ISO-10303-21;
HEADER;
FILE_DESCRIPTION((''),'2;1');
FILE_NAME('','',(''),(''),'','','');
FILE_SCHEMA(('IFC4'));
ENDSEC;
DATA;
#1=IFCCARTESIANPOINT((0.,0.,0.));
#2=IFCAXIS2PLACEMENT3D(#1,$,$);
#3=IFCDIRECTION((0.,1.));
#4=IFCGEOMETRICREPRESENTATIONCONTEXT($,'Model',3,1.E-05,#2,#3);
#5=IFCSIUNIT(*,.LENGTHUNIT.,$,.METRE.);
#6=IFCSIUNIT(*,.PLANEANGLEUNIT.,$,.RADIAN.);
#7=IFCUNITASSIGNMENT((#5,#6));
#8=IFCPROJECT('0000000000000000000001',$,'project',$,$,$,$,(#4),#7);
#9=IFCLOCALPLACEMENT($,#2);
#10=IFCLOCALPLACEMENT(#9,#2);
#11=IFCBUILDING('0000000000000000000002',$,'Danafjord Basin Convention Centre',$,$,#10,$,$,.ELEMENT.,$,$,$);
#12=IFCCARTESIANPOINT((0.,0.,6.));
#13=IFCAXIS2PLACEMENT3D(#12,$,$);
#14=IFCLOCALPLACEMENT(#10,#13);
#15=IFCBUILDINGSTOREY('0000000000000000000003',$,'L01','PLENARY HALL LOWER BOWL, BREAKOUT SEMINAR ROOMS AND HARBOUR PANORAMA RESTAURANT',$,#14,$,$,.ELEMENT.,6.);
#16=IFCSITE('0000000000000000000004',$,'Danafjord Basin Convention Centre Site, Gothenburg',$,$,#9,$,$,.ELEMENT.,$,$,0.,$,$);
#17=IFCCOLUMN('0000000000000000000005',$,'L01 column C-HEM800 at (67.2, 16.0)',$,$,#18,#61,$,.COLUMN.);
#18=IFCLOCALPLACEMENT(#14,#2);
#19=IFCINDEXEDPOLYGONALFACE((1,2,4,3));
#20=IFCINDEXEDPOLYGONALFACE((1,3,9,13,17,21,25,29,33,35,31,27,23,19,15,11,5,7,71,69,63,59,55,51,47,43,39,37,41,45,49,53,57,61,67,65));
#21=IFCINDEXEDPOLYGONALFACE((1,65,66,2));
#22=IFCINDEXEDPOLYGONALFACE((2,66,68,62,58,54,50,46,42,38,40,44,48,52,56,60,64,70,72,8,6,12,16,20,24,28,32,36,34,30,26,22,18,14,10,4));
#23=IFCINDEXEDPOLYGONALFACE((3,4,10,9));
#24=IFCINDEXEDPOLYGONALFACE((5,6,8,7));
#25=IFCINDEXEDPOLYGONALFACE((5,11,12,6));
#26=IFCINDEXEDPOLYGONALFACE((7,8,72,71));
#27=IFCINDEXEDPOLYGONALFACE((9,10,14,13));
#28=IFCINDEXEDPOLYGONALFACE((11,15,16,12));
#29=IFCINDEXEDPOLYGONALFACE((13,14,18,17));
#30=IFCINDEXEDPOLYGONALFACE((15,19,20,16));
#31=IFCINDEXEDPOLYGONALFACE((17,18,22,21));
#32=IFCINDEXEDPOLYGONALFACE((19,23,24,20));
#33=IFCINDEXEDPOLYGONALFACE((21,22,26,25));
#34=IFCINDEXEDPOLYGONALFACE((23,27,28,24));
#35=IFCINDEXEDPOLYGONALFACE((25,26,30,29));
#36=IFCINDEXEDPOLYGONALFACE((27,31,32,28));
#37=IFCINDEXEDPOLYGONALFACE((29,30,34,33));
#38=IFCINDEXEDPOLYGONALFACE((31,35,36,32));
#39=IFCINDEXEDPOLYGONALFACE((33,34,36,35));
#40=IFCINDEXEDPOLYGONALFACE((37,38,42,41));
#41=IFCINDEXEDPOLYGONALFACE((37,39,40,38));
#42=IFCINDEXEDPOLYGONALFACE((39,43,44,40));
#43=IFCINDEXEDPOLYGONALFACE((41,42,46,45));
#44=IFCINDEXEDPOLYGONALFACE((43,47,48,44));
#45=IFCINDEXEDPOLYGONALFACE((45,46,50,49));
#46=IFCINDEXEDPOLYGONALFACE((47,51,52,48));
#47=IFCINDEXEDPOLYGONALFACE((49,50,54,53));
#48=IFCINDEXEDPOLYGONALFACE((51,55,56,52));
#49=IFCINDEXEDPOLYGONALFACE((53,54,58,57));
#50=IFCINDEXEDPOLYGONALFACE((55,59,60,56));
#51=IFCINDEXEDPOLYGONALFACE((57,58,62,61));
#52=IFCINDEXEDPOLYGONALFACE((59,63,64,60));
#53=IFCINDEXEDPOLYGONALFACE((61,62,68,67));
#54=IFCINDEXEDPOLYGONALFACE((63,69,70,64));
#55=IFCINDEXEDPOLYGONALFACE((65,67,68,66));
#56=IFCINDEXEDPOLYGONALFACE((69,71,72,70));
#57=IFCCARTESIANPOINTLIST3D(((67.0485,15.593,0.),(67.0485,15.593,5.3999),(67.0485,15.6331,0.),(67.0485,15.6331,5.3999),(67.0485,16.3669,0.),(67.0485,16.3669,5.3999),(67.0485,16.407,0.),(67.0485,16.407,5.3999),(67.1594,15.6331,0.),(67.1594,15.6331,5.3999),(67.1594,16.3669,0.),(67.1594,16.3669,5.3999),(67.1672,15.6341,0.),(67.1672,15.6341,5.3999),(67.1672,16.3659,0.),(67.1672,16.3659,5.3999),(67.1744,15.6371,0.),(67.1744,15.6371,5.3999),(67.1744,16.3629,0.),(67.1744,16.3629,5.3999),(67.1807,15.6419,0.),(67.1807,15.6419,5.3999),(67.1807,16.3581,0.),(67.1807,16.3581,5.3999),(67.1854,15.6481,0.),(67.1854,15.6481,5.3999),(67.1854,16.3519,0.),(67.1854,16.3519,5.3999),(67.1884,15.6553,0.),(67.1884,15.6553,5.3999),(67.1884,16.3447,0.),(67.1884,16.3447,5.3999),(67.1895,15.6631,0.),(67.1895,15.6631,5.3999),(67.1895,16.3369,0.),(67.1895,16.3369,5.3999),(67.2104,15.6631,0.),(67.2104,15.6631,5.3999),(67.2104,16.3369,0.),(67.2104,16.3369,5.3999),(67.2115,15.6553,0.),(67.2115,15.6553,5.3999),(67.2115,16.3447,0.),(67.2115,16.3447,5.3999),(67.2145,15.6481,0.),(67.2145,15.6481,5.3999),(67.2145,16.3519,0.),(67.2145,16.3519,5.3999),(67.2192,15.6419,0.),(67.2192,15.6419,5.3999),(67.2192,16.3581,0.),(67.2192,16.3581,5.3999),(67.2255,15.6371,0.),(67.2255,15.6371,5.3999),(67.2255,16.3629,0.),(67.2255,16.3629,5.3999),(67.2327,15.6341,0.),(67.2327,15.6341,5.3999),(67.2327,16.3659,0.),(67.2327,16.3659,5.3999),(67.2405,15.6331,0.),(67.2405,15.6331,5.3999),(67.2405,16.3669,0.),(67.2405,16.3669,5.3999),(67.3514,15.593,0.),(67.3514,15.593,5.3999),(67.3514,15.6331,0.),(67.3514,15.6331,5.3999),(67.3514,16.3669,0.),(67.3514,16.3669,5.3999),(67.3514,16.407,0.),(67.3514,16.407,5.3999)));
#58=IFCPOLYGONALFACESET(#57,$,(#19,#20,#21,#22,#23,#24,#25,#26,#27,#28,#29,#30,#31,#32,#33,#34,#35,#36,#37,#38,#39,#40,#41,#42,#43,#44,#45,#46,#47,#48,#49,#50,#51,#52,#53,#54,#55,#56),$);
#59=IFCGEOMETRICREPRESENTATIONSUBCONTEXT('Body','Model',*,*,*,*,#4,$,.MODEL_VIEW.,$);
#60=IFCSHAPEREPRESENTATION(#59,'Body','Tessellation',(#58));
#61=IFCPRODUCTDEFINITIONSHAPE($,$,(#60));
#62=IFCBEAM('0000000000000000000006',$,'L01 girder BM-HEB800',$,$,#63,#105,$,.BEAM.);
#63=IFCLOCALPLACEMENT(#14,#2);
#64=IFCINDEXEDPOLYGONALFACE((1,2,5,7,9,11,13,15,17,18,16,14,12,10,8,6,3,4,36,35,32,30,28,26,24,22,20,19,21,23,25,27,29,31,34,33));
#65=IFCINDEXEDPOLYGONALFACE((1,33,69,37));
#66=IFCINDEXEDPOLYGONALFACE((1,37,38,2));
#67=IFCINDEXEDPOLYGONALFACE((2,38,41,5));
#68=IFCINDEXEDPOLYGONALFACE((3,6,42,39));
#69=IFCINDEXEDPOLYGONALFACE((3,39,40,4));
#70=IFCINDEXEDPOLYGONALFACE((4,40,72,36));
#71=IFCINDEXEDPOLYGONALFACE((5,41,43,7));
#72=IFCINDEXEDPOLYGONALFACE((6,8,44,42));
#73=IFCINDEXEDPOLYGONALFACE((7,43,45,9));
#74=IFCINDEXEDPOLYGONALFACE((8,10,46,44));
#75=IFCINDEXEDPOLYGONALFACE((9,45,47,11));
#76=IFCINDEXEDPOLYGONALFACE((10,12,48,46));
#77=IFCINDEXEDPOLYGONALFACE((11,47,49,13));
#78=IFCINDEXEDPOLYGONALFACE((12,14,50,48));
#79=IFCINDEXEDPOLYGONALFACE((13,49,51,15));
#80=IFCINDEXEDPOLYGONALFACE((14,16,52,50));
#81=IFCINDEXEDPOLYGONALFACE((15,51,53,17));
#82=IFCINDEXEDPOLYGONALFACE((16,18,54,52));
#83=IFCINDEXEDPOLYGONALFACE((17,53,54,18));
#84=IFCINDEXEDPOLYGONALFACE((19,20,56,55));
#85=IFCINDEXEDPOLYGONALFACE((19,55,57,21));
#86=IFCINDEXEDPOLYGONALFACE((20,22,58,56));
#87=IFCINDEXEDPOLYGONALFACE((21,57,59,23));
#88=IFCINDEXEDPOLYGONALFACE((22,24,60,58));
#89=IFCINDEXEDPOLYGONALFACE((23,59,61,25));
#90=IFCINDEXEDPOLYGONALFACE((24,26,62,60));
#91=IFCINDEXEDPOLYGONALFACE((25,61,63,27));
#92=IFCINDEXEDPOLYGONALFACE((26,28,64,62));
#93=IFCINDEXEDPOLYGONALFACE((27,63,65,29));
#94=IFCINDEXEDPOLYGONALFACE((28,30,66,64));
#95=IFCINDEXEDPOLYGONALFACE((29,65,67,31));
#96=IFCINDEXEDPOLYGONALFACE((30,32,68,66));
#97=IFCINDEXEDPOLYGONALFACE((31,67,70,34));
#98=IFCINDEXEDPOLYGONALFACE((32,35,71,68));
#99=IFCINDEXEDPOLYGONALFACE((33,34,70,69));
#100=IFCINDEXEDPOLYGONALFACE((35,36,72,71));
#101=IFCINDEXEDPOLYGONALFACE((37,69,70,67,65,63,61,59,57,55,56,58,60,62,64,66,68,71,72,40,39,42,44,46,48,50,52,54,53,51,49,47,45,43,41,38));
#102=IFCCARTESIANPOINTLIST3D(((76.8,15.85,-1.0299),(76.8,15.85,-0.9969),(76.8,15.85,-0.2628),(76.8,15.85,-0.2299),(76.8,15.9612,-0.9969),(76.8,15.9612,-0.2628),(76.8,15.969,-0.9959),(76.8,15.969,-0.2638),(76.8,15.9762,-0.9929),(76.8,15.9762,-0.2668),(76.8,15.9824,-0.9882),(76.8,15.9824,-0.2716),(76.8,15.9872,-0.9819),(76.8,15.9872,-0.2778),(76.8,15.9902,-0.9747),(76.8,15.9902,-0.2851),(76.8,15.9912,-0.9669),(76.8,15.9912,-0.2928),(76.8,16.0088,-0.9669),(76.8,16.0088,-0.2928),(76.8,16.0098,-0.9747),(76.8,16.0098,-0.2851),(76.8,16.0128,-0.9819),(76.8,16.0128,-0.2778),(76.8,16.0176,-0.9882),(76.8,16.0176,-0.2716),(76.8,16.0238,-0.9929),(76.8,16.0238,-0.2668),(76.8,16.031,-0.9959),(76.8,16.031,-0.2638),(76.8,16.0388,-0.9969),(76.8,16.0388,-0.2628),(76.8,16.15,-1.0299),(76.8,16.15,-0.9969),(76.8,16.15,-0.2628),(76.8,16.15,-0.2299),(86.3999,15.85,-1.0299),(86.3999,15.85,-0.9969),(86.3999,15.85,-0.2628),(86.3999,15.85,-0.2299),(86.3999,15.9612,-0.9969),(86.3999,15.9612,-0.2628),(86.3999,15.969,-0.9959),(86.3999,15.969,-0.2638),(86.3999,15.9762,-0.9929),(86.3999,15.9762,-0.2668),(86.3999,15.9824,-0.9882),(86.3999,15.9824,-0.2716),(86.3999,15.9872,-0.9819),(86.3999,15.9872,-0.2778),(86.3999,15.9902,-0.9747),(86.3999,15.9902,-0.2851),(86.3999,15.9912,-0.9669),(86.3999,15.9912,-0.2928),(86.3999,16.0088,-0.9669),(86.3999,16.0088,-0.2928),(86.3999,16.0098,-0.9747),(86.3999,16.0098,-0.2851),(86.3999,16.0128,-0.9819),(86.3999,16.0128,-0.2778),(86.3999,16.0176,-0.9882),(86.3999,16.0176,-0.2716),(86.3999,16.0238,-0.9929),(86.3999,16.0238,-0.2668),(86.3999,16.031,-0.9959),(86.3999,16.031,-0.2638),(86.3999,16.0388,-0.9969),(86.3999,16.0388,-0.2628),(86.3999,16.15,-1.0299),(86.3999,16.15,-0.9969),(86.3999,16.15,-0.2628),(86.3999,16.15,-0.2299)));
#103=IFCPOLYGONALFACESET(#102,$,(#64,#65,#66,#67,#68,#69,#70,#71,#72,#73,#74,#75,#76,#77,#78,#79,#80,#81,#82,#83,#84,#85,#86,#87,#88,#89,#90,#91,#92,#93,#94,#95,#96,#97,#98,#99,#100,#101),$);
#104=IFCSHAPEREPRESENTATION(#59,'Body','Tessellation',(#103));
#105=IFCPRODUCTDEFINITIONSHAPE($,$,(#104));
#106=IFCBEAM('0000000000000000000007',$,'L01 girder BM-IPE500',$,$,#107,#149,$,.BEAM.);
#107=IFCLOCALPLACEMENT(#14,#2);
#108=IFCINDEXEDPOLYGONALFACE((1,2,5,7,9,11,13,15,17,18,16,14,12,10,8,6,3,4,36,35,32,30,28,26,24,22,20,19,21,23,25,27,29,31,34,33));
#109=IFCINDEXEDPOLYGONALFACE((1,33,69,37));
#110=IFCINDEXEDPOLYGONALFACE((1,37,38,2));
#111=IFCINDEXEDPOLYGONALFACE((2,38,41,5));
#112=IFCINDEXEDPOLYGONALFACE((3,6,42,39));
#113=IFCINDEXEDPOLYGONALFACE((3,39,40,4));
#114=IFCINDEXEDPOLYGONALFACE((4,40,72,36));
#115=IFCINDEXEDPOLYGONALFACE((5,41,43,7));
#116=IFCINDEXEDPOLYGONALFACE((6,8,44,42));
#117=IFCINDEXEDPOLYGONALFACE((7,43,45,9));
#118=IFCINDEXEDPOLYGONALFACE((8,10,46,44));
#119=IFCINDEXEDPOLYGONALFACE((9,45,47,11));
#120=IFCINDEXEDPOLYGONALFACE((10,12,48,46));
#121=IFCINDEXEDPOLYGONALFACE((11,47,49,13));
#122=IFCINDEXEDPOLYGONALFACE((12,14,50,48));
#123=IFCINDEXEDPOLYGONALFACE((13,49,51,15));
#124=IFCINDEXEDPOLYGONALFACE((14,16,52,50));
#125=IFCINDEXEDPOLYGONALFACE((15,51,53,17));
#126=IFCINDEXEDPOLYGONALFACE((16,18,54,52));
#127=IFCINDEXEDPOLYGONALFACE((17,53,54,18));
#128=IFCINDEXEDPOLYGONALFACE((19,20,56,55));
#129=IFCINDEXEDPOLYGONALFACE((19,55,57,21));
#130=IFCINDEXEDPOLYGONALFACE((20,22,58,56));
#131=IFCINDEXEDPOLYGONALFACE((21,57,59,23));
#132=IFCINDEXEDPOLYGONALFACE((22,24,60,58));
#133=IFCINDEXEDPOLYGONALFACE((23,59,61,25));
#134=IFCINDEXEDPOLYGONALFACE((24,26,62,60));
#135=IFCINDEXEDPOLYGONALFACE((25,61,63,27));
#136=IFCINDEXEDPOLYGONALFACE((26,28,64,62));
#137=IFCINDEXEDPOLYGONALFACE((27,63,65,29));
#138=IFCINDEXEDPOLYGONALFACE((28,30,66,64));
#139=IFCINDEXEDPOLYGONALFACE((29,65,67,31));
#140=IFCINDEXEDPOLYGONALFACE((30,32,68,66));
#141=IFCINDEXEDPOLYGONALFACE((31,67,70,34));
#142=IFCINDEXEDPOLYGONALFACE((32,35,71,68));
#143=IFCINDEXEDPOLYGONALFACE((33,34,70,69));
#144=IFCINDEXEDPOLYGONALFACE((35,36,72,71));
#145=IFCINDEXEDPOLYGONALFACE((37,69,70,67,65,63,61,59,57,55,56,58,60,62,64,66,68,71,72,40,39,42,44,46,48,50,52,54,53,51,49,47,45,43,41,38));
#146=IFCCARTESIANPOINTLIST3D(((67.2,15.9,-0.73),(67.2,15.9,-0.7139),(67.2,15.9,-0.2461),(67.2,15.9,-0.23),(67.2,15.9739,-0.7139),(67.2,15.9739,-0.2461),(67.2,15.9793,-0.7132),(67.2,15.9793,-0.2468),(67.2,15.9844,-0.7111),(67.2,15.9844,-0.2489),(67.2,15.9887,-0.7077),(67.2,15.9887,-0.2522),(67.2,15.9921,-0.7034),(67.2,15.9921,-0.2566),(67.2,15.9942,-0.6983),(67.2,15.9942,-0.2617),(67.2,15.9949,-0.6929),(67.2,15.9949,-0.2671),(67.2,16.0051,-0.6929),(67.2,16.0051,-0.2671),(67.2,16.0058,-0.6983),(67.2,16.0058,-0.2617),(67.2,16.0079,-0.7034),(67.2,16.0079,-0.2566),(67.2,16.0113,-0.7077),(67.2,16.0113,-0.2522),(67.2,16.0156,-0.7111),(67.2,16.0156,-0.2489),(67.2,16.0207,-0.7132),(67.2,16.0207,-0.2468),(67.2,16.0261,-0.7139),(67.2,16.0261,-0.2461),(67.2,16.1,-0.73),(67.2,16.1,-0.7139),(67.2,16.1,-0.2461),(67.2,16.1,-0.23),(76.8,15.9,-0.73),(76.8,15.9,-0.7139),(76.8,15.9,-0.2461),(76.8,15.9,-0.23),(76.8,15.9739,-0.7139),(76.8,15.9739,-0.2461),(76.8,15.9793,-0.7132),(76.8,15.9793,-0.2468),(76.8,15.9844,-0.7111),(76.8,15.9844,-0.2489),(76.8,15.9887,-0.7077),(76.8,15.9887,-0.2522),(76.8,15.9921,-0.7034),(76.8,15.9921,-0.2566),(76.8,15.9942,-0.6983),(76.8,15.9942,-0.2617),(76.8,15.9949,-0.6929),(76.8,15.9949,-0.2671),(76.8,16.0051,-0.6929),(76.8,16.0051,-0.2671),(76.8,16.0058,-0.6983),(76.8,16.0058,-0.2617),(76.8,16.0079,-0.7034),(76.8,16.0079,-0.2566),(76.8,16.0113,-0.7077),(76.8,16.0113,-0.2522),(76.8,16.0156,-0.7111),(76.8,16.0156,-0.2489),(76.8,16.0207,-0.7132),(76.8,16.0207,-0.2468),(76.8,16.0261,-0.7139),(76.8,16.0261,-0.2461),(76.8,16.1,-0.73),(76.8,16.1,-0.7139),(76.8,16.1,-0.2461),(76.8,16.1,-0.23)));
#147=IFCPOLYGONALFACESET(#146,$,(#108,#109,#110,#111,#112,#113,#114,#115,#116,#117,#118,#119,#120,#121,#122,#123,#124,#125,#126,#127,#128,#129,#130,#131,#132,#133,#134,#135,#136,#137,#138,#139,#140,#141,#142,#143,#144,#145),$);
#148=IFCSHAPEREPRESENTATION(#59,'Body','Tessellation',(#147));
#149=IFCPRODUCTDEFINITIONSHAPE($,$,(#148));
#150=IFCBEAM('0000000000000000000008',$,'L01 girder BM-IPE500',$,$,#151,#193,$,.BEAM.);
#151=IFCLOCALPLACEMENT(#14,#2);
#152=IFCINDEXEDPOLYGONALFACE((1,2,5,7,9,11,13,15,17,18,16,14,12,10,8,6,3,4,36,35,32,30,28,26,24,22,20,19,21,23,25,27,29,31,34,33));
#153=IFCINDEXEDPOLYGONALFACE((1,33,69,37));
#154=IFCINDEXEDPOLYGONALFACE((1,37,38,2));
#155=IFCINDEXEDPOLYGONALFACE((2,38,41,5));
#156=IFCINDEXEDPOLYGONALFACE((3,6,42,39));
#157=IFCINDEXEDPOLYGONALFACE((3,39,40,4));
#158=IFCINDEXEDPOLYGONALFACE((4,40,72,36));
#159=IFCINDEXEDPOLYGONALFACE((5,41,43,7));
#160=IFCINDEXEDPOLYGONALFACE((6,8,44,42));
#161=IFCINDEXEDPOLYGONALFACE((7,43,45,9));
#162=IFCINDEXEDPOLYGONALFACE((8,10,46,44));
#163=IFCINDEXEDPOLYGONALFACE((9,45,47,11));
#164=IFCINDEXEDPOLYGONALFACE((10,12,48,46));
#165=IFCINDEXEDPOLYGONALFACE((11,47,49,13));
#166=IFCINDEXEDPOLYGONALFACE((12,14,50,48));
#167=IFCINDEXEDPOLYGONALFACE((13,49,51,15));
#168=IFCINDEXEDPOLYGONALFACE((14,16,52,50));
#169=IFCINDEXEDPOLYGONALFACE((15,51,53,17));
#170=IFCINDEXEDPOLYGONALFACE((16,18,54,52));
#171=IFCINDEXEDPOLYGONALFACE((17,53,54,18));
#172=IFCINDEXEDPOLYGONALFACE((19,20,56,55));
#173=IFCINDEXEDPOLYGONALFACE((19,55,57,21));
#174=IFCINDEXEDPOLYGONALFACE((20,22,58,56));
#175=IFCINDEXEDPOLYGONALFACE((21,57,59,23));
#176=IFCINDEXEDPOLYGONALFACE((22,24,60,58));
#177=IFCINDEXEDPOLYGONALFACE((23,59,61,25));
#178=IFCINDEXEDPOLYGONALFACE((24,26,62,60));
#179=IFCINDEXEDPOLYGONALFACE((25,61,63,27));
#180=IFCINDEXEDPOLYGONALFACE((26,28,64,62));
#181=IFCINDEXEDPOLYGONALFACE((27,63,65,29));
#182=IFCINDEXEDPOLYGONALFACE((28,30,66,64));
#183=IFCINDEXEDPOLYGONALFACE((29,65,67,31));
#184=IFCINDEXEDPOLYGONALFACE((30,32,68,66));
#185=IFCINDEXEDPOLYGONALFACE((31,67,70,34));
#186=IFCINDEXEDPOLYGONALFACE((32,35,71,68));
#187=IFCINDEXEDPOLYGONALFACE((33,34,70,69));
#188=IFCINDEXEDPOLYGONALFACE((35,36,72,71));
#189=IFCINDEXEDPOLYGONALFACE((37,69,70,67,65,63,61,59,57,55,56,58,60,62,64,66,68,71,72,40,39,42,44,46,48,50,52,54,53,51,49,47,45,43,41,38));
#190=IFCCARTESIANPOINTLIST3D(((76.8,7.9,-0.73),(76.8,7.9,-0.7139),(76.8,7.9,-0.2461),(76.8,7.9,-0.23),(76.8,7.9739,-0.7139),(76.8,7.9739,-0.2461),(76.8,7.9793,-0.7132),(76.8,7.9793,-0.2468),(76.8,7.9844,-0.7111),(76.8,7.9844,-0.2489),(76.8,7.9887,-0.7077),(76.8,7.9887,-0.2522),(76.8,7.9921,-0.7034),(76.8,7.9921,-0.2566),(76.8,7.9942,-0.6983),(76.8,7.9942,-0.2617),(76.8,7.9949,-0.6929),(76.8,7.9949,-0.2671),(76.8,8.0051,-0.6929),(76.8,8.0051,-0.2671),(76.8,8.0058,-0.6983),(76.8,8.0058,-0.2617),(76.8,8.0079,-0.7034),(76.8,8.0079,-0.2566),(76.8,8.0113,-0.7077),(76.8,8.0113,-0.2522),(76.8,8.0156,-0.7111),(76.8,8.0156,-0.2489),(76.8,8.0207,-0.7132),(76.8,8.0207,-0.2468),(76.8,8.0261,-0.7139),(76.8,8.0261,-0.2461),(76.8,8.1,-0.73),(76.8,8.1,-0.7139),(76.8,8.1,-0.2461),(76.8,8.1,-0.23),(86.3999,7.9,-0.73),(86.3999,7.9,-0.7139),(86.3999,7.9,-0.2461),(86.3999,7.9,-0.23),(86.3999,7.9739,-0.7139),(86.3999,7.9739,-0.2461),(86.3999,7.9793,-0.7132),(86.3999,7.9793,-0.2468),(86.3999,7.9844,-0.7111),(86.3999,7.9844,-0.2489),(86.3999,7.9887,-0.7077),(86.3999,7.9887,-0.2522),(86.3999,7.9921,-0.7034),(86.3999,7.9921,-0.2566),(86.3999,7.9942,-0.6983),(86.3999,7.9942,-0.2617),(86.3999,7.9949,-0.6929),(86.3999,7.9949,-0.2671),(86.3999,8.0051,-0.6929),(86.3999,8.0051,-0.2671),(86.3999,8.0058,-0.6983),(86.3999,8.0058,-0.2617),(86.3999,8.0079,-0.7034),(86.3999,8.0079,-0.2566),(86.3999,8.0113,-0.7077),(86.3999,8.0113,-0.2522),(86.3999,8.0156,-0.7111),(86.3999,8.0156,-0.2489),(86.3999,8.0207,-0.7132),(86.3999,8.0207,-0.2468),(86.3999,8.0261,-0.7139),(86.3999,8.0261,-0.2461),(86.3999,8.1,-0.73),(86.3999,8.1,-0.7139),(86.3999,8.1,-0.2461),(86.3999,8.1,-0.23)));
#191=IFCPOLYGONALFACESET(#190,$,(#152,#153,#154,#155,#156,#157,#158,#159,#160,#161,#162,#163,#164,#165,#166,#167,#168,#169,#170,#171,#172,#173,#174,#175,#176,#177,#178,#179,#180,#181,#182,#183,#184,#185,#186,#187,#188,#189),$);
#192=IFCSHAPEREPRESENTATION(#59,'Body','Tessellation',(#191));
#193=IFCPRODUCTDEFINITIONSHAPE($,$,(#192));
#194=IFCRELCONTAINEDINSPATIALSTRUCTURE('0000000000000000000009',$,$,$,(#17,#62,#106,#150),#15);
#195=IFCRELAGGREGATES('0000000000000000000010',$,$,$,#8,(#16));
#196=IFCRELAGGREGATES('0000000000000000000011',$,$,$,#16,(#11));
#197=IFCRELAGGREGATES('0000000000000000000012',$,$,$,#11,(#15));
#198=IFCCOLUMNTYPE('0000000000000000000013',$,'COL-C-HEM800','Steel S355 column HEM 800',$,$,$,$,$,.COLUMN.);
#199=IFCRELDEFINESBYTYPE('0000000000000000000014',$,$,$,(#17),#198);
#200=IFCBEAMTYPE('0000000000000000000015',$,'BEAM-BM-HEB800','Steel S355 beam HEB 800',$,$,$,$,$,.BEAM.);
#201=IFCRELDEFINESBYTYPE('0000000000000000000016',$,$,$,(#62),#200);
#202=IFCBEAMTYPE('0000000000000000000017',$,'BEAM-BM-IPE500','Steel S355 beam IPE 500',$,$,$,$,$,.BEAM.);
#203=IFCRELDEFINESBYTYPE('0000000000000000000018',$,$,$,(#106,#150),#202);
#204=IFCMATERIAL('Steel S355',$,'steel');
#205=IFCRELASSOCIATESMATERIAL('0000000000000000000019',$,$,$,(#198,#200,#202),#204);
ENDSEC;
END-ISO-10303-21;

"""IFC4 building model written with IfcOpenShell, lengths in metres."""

from ifc_helpers import new_model, si_unit, direction, frame, origin, origin_2d, place, context, subcontext, project, spatial, i_section, extrude, material, material_profile, profile_set, type_object, element, save


model = new_model("IFC4")

# Units and contexts
model_context = context("Model", 3, precision=1e-05, world=origin(), true_north=direction((0.0, 1.0)))
body_context = subcontext(model_context, "Body", "Model", "MODEL_VIEW")
ifc_project = project(units=[si_unit("LENGTHUNIT", "METRE"), si_unit("PLANEANGLEUNIT", "RADIAN")], contexts=[model_context])

# Site, building, storey
site_placement = place(None, origin())
site = spatial("IfcSite", under=ifc_project, at=site_placement, Name="Danafjord Basin Convention Centre Site, Gothenburg", CompositionType="ELEMENT", RefElevation=0.0)
building_placement = place(site_placement, origin())
building = spatial("IfcBuilding", under=site, at=building_placement, Name="Danafjord Basin Convention Centre", CompositionType="ELEMENT")
storey_placement = place(building_placement, frame((0.0, 0.0, 6.0)))
storey = spatial("IfcBuildingStorey", under=building, at=storey_placement, Name="L01", Description="PLENARY HALL LOWER BOWL, BREAKOUT SEMINAR ROOMS AND HARBOUR PANORAMA RESTAURANT", CompositionType="ELEMENT", Elevation=6.0)

# Column
ifc_material_1 = material(Name="Steel S355", Category="steel")
ifc_material_profile_1 = material_profile(ifc_material_1, i_section(OverallWidth=0.303, OverallDepth=0.814, WebThickness=0.021, FlangeThickness=0.04, FilletRadius=0.03, at=origin_2d()), Name="HEM 800")
ifc_profile_set_1 = profile_set([ifc_material_profile_1], Name="Steel S355")
column_type_1 = type_object("IfcColumnType", Name="COL-C-HEM800", Description="Steel S355 column HEM 800", PredefinedType="COLUMN", material=ifc_profile_set_1)
column_1_placement = place(storey_placement, frame((67.2, 16.0, 0.0), z_axis=(0.0, 0.0, 1.0), x_axis=(1.0, 0.0, 0.0)))
element("IfcColumn", 1, at=column_1_placement, inside=storey, type_object=column_type_1, Name="L01 column C-HEM800 at (67.2, 16.0)", PredefinedType="COLUMN", context=body_context, shape_type="SweptSolid", body=[
    extrude(i_section(OverallWidth=0.303, OverallDepth=0.814, WebThickness=0.021, FlangeThickness=0.04, FilletRadius=0.03, at=origin_2d()), origin(), (0.0, 0.0, 1.0), 5.3999),
])

# Beams
ifc_material_profile_2 = material_profile(ifc_material_1, i_section(OverallWidth=0.3, OverallDepth=0.8, WebThickness=0.0176, FlangeThickness=0.033, FilletRadius=0.03, at=origin_2d()), Name="HEB 800")
ifc_profile_set_2 = profile_set([ifc_material_profile_2], Name="Steel S355")
beam_type_1 = type_object("IfcBeamType", Name="BEAM-BM-HEB800", Description="Steel S355 beam HEB 800", PredefinedType="BEAM", material=ifc_profile_set_2)
beam_1_placement = place(storey_placement, frame((76.8, 16.0, -0.6299), z_axis=(1.0, 0.0, 0.0), x_axis=(0.0, 1.0, 0.0)))
element("IfcBeam", 2, at=beam_1_placement, inside=storey, type_object=beam_type_1, Name="L01 girder BM-HEB800", PredefinedType="BEAM", context=body_context, shape_type="SweptSolid", body=[
    extrude(i_section(OverallWidth=0.3, OverallDepth=0.8, WebThickness=0.0176, FlangeThickness=0.033, FilletRadius=0.03, at=origin_2d()), origin(), (0.0, 0.0, 1.0), 9.5999),
])
ifc_material_profile_3 = material_profile(ifc_material_1, i_section(OverallWidth=0.2, OverallDepth=0.5, WebThickness=0.0103, FlangeThickness=0.0161, FilletRadius=0.021, at=origin_2d()), Name="IPE 500")
ifc_profile_set_3 = profile_set([ifc_material_profile_3], Name="Steel S355")
beam_type_2 = type_object("IfcBeamType", Name="BEAM-BM-IPE500", Description="Steel S355 beam IPE 500", PredefinedType="BEAM", material=ifc_profile_set_3)
beam_2_placement = place(storey_placement, frame((67.2, 16.0, -0.48), z_axis=(1.0, 0.0, 0.0), x_axis=(0.0, 1.0, 0.0)))
element("IfcBeam", 3, at=beam_2_placement, inside=storey, type_object=beam_type_2, Name="L01 girder BM-IPE500", PredefinedType="BEAM", context=body_context, shape_type="SweptSolid", body=[
    extrude(i_section(OverallWidth=0.2, OverallDepth=0.5, WebThickness=0.0103, FlangeThickness=0.0161, FilletRadius=0.021, at=origin_2d()), origin(), (0.0, 0.0, 1.0), 9.6001),
])
beam_3_placement = place(storey_placement, frame((76.8, 8.0, -0.48), z_axis=(1.0, 0.0, 0.0), x_axis=(0.0, 1.0, 0.0)))
element("IfcBeam", 4, at=beam_3_placement, inside=storey, type_object=beam_type_2, Name="L01 girder BM-IPE500", PredefinedType="BEAM", context=body_context, shape_type="SweptSolid", body=[
    extrude(i_section(OverallWidth=0.2, OverallDepth=0.5, WebThickness=0.0103, FlangeThickness=0.0161, FilletRadius=0.021, at=origin_2d()), origin(), (0.0, 0.0, 1.0), 9.5999),
])

save(model, "model.ifc")
